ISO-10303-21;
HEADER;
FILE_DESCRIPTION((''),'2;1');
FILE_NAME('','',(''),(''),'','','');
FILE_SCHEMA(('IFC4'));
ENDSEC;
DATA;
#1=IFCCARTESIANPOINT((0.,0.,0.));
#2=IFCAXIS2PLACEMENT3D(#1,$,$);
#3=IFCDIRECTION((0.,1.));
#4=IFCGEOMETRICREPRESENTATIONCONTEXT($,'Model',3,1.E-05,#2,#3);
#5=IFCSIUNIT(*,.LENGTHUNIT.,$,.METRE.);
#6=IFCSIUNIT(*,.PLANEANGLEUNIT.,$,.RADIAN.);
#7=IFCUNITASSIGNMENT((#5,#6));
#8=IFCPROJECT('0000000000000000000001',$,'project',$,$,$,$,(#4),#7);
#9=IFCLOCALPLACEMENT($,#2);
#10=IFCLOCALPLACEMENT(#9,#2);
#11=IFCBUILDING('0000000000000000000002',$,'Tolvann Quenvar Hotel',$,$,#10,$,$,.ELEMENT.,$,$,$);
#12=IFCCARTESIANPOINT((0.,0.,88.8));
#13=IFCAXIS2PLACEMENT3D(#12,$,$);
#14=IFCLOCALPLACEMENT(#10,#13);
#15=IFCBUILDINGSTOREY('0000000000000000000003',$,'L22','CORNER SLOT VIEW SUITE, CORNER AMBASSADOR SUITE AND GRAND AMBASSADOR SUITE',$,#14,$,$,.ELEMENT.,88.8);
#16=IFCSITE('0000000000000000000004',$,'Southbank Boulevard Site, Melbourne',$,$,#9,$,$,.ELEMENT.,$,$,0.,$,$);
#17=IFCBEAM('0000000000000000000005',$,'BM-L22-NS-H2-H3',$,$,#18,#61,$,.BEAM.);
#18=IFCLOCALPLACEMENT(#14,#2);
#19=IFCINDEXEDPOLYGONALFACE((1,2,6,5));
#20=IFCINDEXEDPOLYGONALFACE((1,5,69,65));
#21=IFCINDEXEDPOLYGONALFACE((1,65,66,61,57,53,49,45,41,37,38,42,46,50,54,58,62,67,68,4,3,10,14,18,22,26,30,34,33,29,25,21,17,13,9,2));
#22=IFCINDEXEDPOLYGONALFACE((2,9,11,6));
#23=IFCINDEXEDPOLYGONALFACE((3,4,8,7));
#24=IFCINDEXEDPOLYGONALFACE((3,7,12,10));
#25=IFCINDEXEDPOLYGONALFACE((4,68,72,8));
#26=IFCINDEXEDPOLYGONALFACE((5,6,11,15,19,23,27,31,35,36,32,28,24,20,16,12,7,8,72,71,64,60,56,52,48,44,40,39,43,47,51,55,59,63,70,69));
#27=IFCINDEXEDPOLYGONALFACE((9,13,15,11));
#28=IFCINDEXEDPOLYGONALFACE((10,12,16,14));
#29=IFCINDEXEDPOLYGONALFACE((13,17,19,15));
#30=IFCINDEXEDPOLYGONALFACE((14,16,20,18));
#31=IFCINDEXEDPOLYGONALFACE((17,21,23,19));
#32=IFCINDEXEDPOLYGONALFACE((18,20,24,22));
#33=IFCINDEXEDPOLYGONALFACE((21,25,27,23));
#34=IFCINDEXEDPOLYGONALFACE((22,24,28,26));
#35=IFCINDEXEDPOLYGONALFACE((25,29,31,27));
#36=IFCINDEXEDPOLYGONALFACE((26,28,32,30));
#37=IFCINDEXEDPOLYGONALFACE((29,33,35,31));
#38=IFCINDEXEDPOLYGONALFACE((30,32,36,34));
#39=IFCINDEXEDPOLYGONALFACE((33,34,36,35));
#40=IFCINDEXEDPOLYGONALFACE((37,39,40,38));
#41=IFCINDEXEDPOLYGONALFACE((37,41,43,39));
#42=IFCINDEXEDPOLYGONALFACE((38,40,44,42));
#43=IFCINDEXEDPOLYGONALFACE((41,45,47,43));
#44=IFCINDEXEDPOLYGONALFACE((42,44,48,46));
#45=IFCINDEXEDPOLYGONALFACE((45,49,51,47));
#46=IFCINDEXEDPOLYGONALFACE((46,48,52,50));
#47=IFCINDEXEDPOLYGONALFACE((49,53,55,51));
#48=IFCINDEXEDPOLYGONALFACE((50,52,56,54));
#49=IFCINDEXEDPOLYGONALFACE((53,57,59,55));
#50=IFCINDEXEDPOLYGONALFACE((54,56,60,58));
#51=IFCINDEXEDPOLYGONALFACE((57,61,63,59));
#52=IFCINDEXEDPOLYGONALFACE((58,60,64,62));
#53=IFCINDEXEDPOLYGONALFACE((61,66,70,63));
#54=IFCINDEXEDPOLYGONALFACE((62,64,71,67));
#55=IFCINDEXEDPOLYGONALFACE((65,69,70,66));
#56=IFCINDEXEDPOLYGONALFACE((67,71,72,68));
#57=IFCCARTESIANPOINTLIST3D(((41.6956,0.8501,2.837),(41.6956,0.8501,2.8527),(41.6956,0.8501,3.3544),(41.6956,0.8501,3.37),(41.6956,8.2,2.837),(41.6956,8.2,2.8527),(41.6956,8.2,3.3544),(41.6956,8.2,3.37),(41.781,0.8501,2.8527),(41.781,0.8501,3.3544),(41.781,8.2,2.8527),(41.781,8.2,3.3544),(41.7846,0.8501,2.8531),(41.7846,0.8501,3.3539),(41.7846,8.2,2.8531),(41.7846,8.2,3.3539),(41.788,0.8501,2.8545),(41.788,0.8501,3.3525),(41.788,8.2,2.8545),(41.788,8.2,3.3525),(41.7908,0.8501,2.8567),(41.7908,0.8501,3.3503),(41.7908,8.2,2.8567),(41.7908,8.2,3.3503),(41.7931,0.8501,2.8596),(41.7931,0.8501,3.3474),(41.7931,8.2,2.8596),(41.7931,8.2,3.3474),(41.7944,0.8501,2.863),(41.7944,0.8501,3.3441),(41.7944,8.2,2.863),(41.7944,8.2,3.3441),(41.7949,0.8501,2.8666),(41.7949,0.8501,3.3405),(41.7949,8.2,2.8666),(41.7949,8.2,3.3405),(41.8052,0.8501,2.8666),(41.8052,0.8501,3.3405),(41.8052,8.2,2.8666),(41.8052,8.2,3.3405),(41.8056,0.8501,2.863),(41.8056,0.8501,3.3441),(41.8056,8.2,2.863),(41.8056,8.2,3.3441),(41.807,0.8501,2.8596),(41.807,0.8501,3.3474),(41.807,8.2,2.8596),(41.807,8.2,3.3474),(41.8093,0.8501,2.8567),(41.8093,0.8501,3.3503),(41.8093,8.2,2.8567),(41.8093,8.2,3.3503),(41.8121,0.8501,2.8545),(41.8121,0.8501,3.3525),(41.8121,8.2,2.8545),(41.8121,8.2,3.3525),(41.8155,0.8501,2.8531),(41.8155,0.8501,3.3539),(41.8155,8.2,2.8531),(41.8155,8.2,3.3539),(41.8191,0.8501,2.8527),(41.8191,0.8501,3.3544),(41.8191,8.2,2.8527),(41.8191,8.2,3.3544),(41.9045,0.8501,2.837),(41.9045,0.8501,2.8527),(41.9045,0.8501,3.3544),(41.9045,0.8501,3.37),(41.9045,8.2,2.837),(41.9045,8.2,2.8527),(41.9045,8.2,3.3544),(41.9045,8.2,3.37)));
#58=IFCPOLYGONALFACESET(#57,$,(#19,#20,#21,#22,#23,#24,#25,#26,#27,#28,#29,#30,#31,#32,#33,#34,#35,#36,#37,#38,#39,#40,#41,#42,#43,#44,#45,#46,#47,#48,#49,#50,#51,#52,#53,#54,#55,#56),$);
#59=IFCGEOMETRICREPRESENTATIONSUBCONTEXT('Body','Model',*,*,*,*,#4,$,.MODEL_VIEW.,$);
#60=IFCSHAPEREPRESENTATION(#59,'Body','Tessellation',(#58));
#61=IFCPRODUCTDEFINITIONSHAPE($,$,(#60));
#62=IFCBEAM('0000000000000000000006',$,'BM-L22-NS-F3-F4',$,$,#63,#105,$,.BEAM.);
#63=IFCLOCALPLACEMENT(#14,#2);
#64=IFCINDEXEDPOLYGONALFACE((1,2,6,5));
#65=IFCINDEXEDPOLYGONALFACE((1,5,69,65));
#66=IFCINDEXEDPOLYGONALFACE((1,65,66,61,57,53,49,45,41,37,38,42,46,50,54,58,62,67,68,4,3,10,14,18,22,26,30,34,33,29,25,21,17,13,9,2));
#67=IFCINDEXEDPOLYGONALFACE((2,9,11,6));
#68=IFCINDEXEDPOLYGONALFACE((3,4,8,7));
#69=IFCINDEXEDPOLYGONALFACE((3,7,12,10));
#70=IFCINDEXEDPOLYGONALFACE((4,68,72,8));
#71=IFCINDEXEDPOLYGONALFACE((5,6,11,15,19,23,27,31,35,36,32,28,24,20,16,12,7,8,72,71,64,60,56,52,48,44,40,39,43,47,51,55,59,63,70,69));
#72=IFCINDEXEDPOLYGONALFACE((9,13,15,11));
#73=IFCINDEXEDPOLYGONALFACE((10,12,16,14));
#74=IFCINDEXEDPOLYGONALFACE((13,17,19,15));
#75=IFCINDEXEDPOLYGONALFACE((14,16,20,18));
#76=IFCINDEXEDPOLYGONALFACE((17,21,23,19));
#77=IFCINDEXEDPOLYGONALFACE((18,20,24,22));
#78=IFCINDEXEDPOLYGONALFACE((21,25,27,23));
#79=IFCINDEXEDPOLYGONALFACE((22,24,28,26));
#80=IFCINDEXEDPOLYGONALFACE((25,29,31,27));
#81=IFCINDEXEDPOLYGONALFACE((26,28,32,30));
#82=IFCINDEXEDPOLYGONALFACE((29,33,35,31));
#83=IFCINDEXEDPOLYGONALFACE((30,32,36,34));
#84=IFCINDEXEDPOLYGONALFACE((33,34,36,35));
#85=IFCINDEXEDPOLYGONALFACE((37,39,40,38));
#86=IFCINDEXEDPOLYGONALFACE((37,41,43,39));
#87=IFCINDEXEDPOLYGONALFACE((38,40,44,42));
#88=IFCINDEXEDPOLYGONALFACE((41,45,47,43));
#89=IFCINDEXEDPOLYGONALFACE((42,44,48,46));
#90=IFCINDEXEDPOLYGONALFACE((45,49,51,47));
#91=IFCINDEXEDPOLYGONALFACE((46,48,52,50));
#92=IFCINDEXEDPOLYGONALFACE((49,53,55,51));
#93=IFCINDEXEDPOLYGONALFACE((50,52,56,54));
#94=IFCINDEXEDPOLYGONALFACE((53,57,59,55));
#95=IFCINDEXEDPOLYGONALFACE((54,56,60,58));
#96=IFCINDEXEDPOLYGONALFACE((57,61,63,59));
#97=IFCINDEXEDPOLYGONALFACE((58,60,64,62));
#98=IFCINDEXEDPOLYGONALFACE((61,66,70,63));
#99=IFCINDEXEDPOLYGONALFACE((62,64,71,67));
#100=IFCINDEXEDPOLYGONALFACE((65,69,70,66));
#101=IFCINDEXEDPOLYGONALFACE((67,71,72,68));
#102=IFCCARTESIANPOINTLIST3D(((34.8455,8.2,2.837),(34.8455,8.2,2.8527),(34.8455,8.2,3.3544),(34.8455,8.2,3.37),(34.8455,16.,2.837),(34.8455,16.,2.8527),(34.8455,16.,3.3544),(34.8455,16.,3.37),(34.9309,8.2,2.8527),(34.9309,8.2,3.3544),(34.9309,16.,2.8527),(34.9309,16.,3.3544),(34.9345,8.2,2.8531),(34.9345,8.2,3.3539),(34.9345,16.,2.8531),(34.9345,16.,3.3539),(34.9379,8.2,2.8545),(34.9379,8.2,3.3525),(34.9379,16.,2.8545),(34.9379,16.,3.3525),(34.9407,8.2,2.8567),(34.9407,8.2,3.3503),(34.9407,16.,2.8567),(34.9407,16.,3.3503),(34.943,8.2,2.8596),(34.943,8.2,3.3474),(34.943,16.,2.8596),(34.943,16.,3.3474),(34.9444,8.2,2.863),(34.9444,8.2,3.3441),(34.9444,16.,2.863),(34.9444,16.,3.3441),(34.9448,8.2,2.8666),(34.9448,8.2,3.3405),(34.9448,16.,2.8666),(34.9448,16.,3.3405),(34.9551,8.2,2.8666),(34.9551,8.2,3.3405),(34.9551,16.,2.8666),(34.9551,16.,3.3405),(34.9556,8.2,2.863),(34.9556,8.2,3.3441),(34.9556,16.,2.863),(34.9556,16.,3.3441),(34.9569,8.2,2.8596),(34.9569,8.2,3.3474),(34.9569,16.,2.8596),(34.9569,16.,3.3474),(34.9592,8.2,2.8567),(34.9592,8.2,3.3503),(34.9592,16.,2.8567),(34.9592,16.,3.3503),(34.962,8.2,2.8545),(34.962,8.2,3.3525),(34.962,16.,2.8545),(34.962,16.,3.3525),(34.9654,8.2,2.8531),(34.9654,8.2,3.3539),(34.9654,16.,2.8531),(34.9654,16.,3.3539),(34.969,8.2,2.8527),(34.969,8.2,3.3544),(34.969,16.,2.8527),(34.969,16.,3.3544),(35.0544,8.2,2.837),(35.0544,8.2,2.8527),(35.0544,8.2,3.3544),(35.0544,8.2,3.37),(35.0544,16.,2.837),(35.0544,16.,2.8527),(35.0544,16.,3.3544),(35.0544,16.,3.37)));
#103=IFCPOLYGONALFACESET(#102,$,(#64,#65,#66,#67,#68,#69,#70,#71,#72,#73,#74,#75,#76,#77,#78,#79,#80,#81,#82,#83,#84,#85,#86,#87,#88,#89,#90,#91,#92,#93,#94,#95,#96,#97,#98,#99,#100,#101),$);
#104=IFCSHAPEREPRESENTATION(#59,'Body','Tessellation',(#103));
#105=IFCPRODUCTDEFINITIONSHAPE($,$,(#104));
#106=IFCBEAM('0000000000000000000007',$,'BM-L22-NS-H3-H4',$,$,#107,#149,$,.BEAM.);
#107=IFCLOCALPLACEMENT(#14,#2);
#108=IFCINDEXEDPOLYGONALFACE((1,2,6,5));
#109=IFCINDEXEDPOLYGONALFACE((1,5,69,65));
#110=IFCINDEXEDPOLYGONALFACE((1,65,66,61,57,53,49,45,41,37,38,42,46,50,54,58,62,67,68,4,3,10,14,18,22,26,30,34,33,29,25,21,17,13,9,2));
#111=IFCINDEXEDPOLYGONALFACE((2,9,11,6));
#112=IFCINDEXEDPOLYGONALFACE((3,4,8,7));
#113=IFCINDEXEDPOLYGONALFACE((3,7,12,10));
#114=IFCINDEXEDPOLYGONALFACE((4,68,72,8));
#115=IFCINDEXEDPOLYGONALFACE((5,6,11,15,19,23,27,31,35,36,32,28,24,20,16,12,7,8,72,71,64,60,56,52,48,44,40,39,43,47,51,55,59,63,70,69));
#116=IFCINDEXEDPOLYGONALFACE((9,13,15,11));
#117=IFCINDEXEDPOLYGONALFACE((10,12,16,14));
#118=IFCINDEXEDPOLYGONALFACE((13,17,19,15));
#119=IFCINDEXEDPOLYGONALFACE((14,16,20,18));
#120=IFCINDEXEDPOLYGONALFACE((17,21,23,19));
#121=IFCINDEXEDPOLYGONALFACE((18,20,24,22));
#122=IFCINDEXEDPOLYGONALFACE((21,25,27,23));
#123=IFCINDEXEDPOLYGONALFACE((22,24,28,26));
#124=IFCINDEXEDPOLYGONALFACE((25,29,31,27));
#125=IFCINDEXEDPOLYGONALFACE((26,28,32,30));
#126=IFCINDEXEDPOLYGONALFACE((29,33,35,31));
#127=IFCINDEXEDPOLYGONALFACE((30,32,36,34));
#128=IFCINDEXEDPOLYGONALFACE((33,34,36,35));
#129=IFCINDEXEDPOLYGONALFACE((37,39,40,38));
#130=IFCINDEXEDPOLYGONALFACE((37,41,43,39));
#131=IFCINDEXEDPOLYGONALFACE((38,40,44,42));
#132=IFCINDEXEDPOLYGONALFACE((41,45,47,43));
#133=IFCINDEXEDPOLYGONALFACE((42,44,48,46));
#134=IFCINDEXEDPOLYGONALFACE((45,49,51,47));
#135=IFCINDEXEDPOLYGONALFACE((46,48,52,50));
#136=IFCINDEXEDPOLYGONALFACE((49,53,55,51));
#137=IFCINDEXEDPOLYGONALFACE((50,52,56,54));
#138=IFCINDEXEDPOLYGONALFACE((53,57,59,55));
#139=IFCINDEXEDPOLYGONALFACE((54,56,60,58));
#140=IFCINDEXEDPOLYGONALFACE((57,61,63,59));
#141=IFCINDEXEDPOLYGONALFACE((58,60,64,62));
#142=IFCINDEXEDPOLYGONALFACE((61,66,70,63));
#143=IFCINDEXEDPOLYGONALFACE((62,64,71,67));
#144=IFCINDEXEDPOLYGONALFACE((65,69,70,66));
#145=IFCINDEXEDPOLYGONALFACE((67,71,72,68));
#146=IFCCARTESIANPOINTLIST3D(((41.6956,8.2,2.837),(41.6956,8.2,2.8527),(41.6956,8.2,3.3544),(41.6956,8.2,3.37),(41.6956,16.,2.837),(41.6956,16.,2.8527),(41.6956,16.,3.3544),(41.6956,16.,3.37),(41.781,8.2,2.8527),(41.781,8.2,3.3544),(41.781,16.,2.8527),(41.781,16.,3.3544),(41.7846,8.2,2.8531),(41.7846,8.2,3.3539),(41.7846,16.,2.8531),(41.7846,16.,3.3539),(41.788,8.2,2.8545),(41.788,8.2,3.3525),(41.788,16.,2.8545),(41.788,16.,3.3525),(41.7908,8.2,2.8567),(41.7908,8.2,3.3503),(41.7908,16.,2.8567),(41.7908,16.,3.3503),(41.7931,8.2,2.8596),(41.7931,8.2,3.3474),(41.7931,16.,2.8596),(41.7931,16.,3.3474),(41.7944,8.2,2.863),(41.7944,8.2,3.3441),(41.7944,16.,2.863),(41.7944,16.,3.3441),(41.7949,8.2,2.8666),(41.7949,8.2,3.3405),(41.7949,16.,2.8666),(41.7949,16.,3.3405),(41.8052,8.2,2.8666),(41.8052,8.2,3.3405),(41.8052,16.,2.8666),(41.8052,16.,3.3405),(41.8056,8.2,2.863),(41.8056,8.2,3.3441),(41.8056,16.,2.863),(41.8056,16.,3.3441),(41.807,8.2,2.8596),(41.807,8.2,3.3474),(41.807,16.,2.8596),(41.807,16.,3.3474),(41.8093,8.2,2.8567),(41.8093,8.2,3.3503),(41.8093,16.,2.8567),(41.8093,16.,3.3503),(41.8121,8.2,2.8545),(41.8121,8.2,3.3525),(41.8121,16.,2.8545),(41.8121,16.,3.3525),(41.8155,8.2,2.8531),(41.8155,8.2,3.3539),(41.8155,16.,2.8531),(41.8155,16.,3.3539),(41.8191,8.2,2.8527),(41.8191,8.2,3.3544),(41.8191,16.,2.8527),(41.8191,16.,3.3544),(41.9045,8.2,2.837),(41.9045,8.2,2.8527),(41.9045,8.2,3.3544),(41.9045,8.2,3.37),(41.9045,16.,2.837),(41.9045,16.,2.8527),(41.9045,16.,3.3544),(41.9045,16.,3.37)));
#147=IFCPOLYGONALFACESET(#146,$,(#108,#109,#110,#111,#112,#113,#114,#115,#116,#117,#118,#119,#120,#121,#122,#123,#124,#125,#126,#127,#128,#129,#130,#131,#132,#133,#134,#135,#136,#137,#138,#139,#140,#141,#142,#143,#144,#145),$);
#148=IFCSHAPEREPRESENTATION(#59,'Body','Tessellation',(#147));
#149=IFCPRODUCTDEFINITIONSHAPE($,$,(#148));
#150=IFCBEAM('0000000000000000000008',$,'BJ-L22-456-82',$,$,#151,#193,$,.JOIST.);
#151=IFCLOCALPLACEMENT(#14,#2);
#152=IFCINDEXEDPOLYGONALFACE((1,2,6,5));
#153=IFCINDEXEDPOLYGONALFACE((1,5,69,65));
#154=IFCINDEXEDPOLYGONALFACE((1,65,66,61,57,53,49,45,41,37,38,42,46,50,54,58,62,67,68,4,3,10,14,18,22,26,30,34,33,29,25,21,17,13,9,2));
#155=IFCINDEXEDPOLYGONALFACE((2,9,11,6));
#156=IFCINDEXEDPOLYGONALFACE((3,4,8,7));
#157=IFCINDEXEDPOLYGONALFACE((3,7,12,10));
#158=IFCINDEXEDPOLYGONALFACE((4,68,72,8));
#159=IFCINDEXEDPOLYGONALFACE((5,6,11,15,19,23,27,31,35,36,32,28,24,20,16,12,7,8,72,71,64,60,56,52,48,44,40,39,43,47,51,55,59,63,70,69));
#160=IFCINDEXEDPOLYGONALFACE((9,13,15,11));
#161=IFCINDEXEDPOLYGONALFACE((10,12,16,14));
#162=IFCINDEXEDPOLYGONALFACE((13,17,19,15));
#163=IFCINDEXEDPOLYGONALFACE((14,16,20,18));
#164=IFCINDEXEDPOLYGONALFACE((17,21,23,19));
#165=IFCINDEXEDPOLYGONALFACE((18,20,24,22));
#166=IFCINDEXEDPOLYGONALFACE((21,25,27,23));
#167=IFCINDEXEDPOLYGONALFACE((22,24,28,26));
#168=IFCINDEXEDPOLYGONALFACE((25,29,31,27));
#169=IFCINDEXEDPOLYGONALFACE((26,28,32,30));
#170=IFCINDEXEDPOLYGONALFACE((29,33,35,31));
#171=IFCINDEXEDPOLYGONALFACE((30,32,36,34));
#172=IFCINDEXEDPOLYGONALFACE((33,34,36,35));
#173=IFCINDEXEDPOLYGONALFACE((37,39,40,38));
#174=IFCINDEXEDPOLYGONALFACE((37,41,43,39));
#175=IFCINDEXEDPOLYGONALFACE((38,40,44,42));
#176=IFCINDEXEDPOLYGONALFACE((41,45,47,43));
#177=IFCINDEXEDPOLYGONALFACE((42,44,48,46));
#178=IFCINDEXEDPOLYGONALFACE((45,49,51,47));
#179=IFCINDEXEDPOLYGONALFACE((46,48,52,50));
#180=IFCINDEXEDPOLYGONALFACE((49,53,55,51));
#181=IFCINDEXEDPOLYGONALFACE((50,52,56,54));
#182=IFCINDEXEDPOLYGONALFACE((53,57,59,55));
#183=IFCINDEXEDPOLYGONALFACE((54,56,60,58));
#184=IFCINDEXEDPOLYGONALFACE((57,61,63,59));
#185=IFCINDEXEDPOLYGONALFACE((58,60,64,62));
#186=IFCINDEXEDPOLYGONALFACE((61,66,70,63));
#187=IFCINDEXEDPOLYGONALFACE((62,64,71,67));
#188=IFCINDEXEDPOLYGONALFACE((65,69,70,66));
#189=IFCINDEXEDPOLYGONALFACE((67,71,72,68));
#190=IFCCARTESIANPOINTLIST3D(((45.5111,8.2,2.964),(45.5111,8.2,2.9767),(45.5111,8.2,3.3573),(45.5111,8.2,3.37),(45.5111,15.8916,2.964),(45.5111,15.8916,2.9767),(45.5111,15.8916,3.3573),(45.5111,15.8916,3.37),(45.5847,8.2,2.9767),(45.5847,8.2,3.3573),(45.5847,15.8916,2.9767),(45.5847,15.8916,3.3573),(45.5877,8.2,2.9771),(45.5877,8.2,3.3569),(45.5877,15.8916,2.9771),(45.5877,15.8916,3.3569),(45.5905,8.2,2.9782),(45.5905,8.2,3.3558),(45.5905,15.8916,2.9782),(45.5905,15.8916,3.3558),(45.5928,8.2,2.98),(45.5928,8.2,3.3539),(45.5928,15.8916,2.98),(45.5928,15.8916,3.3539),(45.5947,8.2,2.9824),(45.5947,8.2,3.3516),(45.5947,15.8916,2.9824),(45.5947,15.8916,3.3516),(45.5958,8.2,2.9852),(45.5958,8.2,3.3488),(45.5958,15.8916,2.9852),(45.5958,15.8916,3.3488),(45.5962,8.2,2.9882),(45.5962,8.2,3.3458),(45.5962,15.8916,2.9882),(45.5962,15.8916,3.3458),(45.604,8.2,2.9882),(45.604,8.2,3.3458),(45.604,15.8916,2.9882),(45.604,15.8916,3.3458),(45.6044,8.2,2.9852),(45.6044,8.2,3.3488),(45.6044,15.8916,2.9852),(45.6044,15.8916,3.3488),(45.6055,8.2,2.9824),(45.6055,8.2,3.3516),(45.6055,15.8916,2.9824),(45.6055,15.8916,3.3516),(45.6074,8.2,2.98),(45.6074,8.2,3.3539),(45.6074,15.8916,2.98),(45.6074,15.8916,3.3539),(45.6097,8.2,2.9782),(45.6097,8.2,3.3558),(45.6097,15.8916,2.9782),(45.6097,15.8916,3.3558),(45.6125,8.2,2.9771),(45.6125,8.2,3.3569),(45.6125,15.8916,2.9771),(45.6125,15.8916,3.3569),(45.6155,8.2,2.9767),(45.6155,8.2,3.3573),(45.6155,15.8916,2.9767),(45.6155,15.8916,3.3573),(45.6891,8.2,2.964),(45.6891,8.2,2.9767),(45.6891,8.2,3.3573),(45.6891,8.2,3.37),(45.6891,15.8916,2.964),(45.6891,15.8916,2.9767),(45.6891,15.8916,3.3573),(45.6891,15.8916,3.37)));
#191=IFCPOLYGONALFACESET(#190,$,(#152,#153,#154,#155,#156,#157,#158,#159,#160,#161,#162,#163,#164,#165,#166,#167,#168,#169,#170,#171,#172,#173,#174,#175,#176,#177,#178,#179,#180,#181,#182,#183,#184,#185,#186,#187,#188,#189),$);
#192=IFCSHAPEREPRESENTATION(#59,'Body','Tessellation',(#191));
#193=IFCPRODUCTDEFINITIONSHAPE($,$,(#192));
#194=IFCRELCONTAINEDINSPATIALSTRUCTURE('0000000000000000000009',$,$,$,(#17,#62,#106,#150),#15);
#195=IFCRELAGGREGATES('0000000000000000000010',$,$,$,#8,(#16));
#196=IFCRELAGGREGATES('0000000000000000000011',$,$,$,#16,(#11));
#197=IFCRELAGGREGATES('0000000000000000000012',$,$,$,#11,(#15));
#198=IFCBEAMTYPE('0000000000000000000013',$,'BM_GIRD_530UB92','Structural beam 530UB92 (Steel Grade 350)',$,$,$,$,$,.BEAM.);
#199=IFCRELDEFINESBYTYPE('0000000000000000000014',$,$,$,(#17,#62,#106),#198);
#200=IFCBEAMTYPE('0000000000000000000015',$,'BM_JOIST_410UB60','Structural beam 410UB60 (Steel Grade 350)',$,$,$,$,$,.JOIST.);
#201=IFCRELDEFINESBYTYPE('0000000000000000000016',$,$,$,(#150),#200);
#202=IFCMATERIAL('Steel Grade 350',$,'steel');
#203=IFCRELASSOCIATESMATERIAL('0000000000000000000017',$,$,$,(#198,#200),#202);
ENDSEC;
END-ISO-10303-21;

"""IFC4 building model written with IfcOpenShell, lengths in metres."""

from ifc_helpers import new_model, si_unit, direction, frame, origin, origin_2d, place, context, subcontext, project, spatial, i_section, extrude, source, transform, mapped, material, material_profile, profile_set, type_object, type_shapes, element, save


model = new_model("IFC4")

# Units and contexts
model_context = context("Model", 3, precision=1e-05, world=origin(), true_north=direction((0.0, 1.0)))
body_context = subcontext(model_context, "Body", "Model", "MODEL_VIEW")
ifc_project = project(units=[si_unit("LENGTHUNIT", "METRE"), si_unit("PLANEANGLEUNIT", "RADIAN")], contexts=[model_context])

# Site, building, storey
site_placement = place(None, origin())
site = spatial("IfcSite", under=ifc_project, at=site_placement, Name="Southbank Boulevard Site, Melbourne", CompositionType="ELEMENT", RefElevation=0.0)
building_placement = place(site_placement, origin())
building = spatial("IfcBuilding", under=site, at=building_placement, Name="Tolvann Quenvar Hotel", CompositionType="ELEMENT")
storey_placement = place(building_placement, frame((0.0, 0.0, 88.8)))
storey = spatial("IfcBuildingStorey", under=building, at=storey_placement, Name="L22", Description="CORNER SLOT VIEW SUITE, CORNER AMBASSADOR SUITE AND GRAND AMBASSADOR SUITE", CompositionType="ELEMENT", Elevation=88.8)

# Shared definitions
ifc_material_1 = material(Name="Steel Grade 350", Category="steel")

# Beams
ifc_material_profile_1 = material_profile(ifc_material_1, i_section(OverallWidth=0.209, OverallDepth=0.533, WebThickness=0.0103, FlangeThickness=0.0156, FilletRadius=0.0139, at=origin_2d()), Name="530UB92")
ifc_profile_set_1 = profile_set([ifc_material_profile_1], Name="Steel Grade 350")
beam_type_1 = type_object("IfcBeamType", Name="BM_GIRD_530UB92", Description="Structural beam 530UB92 (Steel Grade 350)", PredefinedType="BEAM", material=ifc_profile_set_1)
shared_shape_1 = source(origin(), body_context, "Body", "SweptSolid", [
    extrude(i_section(OverallWidth=0.209, OverallDepth=0.533, WebThickness=0.0103, FlangeThickness=0.0156, FilletRadius=0.0139, at=origin_2d()), origin(), (0.0, 0.0, 1.0), 7.3499),
])
for number, where, z_axis, x_axis, name in (
    (1, (41.8, 0.8501, 3.1035), (0.0, 1.0, 0.0), (-1.0, 0.0, 0.0), "BM-L22-NS-H2-H3"),
):
    element("IfcBeam", number, at=place(storey_placement, frame(where, z_axis=z_axis, x_axis=x_axis)), inside=storey, type_object=beam_type_1, Name=name, PredefinedType="BEAM", context=body_context, shape_type="MappedRepresentation", body=[
        mapped(shared_shape_1, transform((0.0, 0.0, 0.0), x_axis=(1.0, 0.0, 0.0), y_axis=(0.0, 1.0, 0.0), z_axis=(0.0, 0.0, 1.0), scale=1.0)),
    ])
shared_shape_2 = source(origin(), body_context, "Body", "SweptSolid", [
    extrude(i_section(OverallWidth=0.209, OverallDepth=0.533, WebThickness=0.0103, FlangeThickness=0.0156, FilletRadius=0.0139, at=origin_2d()), origin(), (0.0, 0.0, 1.0), 7.8),
])
type_shapes(beam_type_1, [shared_shape_1, shared_shape_2])
for number, where, z_axis, x_axis, name in (
    (2, (34.95, 8.2, 3.1035), (0.0, 1.0, 0.0), (-1.0, 0.0, 0.0), "BM-L22-NS-F3-F4"),
    (3, (41.8, 8.2, 3.1035), (0.0, 1.0, 0.0), (-1.0, 0.0, 0.0), "BM-L22-NS-H3-H4"),
):
    element("IfcBeam", number, at=place(storey_placement, frame(where, z_axis=z_axis, x_axis=x_axis)), inside=storey, type_object=beam_type_1, Name=name, PredefinedType="BEAM", context=body_context, shape_type="MappedRepresentation", body=[
        mapped(shared_shape_2, transform((0.0, 0.0, 0.0), x_axis=(1.0, 0.0, 0.0), y_axis=(0.0, 1.0, 0.0), z_axis=(0.0, 0.0, 1.0), scale=1.0)),
    ])
ifc_material_profile_2 = material_profile(ifc_material_1, i_section(OverallWidth=0.178, OverallDepth=0.406, WebThickness=0.0078, FlangeThickness=0.0127, FilletRadius=0.0115, at=origin_2d()), Name="410UB60")
ifc_profile_set_2 = profile_set([ifc_material_profile_2], Name="Steel Grade 350")
beam_type_2 = type_object("IfcBeamType", Name="BM_JOIST_410UB60", Description="Structural beam 410UB60 (Steel Grade 350)", PredefinedType="JOIST", material=ifc_profile_set_2)
shared_shape_3 = source(origin(), body_context, "Body", "SweptSolid", [
    extrude(i_section(OverallWidth=0.178, OverallDepth=0.406, WebThickness=0.0078, FlangeThickness=0.0127, FilletRadius=0.0115, at=origin_2d()), origin(), (0.0, 0.0, 1.0), 7.6917),
])
type_shapes(beam_type_2, [shared_shape_3])
beam_1_placement = place(storey_placement, frame((45.6001, 8.2, 3.167), z_axis=(0.0, 1.0, 0.0), x_axis=(-1.0, 0.0, 0.0)))
element("IfcBeam", 4, at=beam_1_placement, inside=storey, type_object=beam_type_2, Name="BJ-L22-456-82", PredefinedType="JOIST", context=body_context, shape_type="MappedRepresentation", body=[
    mapped(shared_shape_3, transform((0.0, 0.0, 0.0), x_axis=(1.0, 0.0, 0.0), y_axis=(0.0, 1.0, 0.0), z_axis=(0.0, 0.0, 1.0), scale=1.0)),
])

save(model, "model.ifc")
